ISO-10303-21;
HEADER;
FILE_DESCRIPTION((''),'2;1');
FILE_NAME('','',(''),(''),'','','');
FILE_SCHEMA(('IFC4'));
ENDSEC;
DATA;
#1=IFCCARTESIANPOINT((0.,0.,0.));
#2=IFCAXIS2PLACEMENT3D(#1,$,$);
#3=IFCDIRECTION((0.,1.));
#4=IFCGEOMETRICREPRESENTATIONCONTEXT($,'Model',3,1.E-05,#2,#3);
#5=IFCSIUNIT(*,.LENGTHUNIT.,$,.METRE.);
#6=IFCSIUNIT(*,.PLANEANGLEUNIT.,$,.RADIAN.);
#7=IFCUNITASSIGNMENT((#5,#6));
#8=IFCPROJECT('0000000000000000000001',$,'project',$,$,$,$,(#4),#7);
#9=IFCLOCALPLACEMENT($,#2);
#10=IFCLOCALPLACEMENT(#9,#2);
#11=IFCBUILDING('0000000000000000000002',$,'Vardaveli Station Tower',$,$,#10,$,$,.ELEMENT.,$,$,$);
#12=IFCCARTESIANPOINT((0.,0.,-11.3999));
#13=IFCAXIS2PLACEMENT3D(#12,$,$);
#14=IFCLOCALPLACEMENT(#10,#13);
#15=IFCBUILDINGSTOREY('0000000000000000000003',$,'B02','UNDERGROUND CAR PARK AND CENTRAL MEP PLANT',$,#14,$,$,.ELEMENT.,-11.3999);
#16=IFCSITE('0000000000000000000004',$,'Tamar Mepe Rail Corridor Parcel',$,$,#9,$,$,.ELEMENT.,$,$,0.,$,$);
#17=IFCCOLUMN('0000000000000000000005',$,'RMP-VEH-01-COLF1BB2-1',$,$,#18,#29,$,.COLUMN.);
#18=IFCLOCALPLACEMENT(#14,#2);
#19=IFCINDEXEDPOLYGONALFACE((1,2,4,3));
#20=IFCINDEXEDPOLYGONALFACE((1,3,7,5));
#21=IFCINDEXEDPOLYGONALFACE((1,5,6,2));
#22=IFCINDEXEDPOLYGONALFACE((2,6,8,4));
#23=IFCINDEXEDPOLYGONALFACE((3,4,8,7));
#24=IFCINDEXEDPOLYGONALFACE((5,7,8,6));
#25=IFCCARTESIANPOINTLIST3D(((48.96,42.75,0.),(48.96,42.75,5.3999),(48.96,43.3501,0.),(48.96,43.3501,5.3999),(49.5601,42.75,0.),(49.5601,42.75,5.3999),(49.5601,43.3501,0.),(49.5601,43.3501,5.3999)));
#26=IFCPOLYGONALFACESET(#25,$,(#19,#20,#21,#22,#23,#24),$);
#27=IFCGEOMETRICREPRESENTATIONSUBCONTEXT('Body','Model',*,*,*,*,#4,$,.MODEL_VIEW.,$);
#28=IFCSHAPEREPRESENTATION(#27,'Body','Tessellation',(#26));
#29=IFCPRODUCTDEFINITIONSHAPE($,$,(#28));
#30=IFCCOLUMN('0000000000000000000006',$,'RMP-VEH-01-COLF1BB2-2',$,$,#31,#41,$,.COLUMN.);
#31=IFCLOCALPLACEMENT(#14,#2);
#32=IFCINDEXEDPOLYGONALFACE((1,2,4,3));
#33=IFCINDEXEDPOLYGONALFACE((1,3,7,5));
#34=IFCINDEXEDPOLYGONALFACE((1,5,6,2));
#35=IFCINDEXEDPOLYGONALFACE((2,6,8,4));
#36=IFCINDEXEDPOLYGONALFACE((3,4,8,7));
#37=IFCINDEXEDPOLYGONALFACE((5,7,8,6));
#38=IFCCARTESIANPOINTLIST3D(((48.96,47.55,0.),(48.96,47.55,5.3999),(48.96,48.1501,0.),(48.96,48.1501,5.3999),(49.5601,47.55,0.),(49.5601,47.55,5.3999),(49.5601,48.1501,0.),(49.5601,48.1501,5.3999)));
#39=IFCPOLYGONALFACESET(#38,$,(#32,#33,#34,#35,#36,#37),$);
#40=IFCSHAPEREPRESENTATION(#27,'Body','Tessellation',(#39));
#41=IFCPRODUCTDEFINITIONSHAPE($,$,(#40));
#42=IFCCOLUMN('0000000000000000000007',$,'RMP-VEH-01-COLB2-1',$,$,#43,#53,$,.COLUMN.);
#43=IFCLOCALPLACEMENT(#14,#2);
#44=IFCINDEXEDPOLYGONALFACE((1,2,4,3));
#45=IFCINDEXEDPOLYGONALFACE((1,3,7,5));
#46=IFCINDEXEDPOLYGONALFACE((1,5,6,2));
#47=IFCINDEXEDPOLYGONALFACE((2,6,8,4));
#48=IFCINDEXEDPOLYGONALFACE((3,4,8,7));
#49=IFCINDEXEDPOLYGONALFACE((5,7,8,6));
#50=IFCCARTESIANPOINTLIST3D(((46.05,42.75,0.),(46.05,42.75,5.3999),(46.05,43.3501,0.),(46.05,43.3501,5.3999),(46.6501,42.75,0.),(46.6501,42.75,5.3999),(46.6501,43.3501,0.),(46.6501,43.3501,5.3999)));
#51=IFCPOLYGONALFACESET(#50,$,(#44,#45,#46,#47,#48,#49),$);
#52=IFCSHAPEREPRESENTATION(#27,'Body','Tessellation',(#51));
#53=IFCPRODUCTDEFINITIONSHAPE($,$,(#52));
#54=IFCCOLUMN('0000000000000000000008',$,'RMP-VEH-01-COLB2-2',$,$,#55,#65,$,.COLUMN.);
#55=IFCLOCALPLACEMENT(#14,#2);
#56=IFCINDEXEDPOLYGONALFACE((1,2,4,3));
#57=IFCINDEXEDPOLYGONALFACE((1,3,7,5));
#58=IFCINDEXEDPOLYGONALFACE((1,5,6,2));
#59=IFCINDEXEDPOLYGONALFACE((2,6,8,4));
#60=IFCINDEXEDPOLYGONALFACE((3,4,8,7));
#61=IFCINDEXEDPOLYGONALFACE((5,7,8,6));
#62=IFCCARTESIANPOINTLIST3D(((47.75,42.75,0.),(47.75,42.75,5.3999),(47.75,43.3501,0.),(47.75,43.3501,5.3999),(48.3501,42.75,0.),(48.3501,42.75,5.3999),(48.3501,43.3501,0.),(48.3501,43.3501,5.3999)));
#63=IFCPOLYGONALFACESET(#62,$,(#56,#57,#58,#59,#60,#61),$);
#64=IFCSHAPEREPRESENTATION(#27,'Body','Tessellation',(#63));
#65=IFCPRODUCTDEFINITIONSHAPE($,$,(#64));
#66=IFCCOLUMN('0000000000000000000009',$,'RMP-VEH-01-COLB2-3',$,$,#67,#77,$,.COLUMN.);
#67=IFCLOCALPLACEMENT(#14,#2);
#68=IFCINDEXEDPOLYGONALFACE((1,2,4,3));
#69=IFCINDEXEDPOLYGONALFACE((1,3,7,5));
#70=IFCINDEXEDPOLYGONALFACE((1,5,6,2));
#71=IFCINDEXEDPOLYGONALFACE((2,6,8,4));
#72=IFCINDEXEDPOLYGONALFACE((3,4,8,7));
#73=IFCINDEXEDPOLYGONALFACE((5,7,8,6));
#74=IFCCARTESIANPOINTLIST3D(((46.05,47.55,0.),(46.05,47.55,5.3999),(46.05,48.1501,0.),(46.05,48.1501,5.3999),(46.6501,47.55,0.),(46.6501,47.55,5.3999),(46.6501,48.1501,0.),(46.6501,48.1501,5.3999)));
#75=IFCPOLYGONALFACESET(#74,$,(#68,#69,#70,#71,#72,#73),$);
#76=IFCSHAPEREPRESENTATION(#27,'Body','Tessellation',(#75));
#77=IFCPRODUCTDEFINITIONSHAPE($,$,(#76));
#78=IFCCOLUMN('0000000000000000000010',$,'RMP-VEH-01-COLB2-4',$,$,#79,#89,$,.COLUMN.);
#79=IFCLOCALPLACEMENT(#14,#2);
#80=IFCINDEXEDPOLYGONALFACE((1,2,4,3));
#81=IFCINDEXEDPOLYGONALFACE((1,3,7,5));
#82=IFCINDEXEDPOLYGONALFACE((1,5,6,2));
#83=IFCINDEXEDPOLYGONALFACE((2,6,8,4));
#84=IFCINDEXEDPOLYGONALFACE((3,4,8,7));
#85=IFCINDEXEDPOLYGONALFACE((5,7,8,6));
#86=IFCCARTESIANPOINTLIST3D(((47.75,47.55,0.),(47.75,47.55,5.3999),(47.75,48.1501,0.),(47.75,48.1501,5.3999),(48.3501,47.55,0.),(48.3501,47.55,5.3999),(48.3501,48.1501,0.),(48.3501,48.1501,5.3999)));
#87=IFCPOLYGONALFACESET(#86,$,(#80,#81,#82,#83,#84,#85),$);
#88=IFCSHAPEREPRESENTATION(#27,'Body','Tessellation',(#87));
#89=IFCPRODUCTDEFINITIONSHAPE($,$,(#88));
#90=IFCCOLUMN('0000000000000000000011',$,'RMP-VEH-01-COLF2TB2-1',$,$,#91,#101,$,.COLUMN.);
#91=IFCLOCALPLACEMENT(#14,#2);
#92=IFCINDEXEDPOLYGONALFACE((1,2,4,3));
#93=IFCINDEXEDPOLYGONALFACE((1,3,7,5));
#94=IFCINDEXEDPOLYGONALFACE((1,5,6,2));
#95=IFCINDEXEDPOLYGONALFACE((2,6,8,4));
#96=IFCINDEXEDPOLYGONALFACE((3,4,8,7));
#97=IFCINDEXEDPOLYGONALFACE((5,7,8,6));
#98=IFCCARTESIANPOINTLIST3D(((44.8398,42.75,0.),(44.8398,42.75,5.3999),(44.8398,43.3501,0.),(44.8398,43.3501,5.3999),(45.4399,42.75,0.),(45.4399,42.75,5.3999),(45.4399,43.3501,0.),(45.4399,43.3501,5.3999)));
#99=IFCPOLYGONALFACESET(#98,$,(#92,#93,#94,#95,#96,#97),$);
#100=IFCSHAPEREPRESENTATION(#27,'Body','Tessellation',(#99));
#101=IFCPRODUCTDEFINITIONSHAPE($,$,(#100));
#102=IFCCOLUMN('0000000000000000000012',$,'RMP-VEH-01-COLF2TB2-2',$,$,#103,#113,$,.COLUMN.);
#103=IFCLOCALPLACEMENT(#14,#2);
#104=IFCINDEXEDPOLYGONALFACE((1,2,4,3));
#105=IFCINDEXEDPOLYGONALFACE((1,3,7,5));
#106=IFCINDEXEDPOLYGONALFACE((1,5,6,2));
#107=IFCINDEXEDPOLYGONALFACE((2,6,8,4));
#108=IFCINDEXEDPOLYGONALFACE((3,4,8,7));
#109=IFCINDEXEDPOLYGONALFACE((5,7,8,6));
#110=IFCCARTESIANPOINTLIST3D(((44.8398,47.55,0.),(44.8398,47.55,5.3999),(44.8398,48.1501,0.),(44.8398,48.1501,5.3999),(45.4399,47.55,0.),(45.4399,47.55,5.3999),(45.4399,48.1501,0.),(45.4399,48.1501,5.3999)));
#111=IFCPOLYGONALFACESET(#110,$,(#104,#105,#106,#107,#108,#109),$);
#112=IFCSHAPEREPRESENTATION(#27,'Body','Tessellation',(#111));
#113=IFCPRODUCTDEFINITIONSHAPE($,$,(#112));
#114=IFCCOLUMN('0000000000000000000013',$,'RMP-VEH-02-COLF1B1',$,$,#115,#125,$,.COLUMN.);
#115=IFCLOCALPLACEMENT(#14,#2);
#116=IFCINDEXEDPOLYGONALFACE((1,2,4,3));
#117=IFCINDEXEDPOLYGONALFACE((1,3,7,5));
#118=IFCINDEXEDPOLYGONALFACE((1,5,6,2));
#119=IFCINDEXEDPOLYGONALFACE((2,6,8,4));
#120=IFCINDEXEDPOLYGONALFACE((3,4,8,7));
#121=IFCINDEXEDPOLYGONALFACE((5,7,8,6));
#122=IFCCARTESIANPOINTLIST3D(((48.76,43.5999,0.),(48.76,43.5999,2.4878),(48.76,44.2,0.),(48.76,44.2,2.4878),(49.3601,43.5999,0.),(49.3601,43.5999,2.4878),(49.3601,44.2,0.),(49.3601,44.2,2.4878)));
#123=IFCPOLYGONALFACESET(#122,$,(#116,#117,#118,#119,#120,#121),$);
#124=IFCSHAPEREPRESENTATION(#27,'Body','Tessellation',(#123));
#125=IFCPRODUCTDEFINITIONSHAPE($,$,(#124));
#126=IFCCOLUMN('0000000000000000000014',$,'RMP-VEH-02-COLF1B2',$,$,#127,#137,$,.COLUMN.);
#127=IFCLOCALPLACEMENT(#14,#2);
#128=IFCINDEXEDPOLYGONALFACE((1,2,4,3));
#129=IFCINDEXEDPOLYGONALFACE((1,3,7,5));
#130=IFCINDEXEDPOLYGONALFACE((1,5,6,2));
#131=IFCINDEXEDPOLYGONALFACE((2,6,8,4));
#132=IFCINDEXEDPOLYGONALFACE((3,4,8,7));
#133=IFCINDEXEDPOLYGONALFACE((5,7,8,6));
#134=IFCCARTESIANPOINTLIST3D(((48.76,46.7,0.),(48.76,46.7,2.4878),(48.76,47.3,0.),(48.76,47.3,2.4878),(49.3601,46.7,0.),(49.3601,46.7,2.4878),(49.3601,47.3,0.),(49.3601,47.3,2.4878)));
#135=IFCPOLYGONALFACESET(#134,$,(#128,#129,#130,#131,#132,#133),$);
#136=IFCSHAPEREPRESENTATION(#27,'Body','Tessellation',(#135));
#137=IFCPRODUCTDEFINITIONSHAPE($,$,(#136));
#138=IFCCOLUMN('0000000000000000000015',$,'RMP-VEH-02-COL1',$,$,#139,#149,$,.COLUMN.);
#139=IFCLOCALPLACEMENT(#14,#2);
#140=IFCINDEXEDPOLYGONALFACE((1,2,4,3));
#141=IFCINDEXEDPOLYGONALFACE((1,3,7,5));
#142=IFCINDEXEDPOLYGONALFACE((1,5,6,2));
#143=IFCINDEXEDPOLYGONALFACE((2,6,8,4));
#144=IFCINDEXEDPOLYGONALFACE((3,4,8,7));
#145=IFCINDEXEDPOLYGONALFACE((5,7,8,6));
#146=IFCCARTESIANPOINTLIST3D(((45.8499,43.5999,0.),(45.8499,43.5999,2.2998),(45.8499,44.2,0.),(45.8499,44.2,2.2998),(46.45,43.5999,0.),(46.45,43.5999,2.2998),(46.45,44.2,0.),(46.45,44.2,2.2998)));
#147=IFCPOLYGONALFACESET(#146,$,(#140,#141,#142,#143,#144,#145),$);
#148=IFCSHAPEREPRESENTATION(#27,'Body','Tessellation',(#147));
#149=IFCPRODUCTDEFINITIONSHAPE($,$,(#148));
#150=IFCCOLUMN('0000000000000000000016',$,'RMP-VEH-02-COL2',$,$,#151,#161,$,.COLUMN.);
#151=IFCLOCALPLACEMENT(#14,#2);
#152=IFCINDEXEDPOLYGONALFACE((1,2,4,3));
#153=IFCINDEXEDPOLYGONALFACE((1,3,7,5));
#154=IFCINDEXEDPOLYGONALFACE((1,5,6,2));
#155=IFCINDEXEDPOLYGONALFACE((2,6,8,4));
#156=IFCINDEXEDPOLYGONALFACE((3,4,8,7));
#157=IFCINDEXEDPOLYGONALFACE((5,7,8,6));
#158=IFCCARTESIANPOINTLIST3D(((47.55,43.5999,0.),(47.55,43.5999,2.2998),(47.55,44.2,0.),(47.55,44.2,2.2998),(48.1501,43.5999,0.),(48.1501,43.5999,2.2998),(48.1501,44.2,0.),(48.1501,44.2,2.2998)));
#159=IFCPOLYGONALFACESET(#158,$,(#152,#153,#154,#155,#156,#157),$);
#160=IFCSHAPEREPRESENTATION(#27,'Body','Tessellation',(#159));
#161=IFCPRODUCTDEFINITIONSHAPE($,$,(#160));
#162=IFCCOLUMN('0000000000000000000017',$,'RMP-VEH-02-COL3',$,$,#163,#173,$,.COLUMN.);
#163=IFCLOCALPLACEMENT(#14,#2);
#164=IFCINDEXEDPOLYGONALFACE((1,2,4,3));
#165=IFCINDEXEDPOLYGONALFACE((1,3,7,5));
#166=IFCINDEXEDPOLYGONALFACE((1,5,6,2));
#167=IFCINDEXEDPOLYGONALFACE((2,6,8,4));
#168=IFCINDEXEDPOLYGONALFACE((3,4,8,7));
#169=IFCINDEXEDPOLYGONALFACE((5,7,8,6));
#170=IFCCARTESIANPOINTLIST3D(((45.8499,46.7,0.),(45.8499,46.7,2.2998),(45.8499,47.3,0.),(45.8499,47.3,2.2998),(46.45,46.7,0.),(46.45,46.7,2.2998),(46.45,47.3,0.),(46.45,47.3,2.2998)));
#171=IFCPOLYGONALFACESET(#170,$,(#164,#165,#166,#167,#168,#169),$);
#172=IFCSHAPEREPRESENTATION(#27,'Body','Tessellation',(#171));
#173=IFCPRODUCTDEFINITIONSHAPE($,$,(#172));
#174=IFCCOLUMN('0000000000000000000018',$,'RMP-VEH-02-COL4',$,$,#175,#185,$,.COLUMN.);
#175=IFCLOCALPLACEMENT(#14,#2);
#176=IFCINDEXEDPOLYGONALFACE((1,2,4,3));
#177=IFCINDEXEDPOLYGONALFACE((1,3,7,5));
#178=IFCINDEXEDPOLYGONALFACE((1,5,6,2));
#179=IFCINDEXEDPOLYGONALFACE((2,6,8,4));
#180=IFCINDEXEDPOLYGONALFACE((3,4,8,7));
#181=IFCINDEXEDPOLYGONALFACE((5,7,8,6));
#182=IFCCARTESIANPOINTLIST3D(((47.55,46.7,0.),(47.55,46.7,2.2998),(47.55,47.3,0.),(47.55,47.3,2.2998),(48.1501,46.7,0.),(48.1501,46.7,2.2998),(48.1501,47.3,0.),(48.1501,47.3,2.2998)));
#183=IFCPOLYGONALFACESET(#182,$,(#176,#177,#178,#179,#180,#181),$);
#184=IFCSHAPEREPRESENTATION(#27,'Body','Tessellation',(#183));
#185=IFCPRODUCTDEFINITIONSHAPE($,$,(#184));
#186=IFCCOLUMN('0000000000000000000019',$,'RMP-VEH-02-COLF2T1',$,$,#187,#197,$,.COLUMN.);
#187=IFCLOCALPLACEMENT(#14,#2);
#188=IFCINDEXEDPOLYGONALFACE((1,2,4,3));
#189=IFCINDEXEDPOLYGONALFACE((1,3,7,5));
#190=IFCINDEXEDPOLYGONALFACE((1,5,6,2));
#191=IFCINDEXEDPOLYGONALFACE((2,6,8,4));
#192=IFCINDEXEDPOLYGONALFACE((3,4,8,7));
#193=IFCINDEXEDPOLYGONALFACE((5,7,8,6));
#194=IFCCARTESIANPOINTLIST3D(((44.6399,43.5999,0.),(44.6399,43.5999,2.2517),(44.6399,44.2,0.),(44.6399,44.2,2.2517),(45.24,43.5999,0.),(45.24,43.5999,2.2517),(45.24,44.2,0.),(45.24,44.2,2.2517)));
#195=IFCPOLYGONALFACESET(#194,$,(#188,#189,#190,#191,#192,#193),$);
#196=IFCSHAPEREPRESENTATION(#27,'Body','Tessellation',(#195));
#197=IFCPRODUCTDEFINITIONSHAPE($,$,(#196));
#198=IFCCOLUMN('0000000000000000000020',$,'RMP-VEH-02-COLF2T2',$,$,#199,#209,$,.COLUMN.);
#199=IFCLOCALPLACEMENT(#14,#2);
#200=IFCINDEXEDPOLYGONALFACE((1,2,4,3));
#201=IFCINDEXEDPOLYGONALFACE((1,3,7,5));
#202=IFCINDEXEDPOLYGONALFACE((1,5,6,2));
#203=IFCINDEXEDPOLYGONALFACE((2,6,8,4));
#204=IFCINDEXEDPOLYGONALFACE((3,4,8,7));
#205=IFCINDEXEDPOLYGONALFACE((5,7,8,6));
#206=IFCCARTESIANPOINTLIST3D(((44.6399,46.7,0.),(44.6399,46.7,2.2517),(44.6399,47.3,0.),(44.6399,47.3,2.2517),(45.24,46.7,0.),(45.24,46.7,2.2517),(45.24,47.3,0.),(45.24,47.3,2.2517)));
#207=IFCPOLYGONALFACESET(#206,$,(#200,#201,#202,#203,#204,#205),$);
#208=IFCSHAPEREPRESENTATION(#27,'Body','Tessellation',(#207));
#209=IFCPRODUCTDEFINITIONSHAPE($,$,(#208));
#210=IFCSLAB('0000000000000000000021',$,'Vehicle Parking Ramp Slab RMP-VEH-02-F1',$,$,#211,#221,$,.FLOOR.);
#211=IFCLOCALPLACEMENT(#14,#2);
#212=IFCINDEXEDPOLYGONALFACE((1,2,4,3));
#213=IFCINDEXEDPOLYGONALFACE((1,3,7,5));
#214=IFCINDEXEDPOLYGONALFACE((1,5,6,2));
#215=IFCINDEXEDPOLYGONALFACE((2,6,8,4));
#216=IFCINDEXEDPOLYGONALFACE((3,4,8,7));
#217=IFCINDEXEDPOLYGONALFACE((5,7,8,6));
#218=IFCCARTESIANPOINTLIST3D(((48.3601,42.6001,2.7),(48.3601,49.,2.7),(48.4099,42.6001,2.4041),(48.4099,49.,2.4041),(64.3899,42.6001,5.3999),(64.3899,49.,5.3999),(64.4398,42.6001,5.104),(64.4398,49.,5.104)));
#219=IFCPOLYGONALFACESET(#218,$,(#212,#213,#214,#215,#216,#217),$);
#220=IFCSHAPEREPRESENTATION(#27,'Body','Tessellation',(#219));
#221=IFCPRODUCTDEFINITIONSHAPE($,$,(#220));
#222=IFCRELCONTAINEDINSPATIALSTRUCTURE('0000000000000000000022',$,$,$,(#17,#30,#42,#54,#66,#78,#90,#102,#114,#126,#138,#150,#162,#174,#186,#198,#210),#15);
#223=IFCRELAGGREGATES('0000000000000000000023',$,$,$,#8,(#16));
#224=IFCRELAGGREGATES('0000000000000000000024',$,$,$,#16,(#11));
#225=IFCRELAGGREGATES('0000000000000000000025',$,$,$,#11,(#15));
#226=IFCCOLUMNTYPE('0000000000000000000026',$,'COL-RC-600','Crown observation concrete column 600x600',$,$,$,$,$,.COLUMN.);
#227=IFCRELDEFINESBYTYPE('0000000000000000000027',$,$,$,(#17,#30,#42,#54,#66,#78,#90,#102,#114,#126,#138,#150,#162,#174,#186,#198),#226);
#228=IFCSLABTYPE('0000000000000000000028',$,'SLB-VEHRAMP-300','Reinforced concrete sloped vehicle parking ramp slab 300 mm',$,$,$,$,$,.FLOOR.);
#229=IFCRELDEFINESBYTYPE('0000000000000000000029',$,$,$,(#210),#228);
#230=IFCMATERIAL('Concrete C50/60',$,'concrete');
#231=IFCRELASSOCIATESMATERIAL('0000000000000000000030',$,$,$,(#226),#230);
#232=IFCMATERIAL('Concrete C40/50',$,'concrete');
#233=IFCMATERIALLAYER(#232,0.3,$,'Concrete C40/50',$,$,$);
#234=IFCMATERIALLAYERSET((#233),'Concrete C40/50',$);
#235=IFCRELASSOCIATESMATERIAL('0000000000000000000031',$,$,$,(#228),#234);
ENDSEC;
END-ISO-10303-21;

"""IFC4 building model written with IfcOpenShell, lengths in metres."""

from ifc_helpers import new_model, si_unit, direction, frame, origin, origin_2d, place, context, subcontext, project, spatial, polyline, rectangle, outline, extrude, source, transform, mapped, material, layer, layer_set, material_profile, profile_set, type_object, element, save


model = new_model("IFC4")

# Units and contexts
model_context = context("Model", 3, precision=1e-05, world=origin(), true_north=direction((0.0, 1.0)))
body_context = subcontext(model_context, "Body", "Model", "MODEL_VIEW")
ifc_project = project(units=[si_unit("LENGTHUNIT", "METRE"), si_unit("PLANEANGLEUNIT", "RADIAN")], contexts=[model_context])

# Site, building, storey
site_placement = place(None, origin())
site = spatial("IfcSite", under=ifc_project, at=site_placement, Name="Tamar Mepe Rail Corridor Parcel", CompositionType="ELEMENT", RefElevation=0.0)
building_placement = place(site_placement, origin())
building = spatial("IfcBuilding", under=site, at=building_placement, Name="Vardaveli Station Tower", CompositionType="ELEMENT")
storey_placement = place(building_placement, frame((0.0, 0.0, -11.3999)))
storey = spatial("IfcBuildingStorey", under=building, at=storey_placement, Name="B02", Description="UNDERGROUND CAR PARK AND CENTRAL MEP PLANT", CompositionType="ELEMENT", Elevation=-11.3999)

# Shared definitions
ifc_material_1 = material(Name="Concrete C40/50", Category="concrete")

# Columns
ifc_material_2 = material(Name="Concrete C50/60", Category="concrete")
ifc_material_profile_1 = material_profile(ifc_material_2, rectangle(XDim=0.6001, YDim=0.6001, at=origin_2d()), Name="RC 600x600")
ifc_profile_set_1 = profile_set([ifc_material_profile_1], Name="Concrete C50/60")
column_type_1 = type_object("IfcColumnType", Name="COL-RC-600", Description="Crown observation concrete column 600x600", PredefinedType="COLUMN", material=ifc_profile_set_1)
shared_shape_1 = source(origin(), body_context, "Body", "SweptSolid", [
    extrude(rectangle(XDim=0.6001, YDim=0.6001, at=origin_2d()), origin(), (0.0, 0.0, 1.0), 5.3999),
])
for number, where, z_axis, x_axis, name in (
    (1, (49.26, 43.05, 0.0), (0.0, 0.0, 1.0), (1.0, 0.0, 0.0), "RMP-VEH-01-COLF1BB2-1"),
    (2, (49.26, 47.8501, 0.0), (0.0, 0.0, 1.0), (1.0, 0.0, 0.0), "RMP-VEH-01-COLF1BB2-2"),
    (3, (46.3501, 43.05, 0.0), (0.0, 0.0, 1.0), (1.0, 0.0, 0.0), "RMP-VEH-01-COLB2-1"),
    (4, (48.05, 43.05, 0.0), (0.0, 0.0, 1.0), (1.0, 0.0, 0.0), "RMP-VEH-01-COLB2-2"),
    (5, (46.3501, 47.8501, 0.0), (0.0, 0.0, 1.0), (1.0, 0.0, 0.0), "RMP-VEH-01-COLB2-3"),
    (6, (48.05, 47.8501, 0.0), (0.0, 0.0, 1.0), (1.0, 0.0, 0.0), "RMP-VEH-01-COLB2-4"),
    (7, (45.1399, 43.05, 0.0), (0.0, 0.0, 1.0), (1.0, 0.0, 0.0), "RMP-VEH-01-COLF2TB2-1"),
    (8, (45.1399, 47.8501, 0.0), (0.0, 0.0, 1.0), (1.0, 0.0, 0.0), "RMP-VEH-01-COLF2TB2-2"),
):
    element("IfcColumn", number, at=place(storey_placement, frame(where, z_axis=z_axis, x_axis=x_axis)), inside=storey, type_object=column_type_1, Name=name, PredefinedType="COLUMN", context=body_context, shape_type="MappedRepresentation", body=[
        mapped(shared_shape_1, transform((0.0, 0.0, 0.0), scale=1.0)),
    ])
shared_shape_2 = source(origin(), body_context, "Body", "SweptSolid", [
    extrude(rectangle(XDim=0.6001, YDim=0.6001, at=origin_2d()), origin(), (0.0, 0.0, 1.0), 2.4878),
])
for number, where, z_axis, x_axis, name in (
    (9, (49.0601, 43.8999, 0.0), (0.0, 0.0, 1.0), (1.0, 0.0, 0.0), "RMP-VEH-02-COLF1B1"),
    (10, (49.0601, 47.0, 0.0), (0.0, 0.0, 1.0), (1.0, 0.0, 0.0), "RMP-VEH-02-COLF1B2"),
):
    element("IfcColumn", number, at=place(storey_placement, frame(where, z_axis=z_axis, x_axis=x_axis)), inside=storey, type_object=column_type_1, Name=name, PredefinedType="COLUMN", context=body_context, shape_type="MappedRepresentation", body=[
        mapped(shared_shape_2, transform((0.0, 0.0, 0.0), scale=1.0)),
    ])
shared_shape_3 = source(origin(), body_context, "Body", "SweptSolid", [
    extrude(rectangle(XDim=0.6001, YDim=0.6001, at=origin_2d()), origin(), (0.0, 0.0, 1.0), 2.2998),
])
for number, where, z_axis, x_axis, name in (
    (11, (46.1499, 43.8999, 0.0), (0.0, 0.0, 1.0), (1.0, 0.0, 0.0), "RMP-VEH-02-COL1"),
    (12, (47.8501, 43.8999, 0.0), (0.0, 0.0, 1.0), (1.0, 0.0, 0.0), "RMP-VEH-02-COL2"),
    (13, (46.1499, 47.0, 0.0), (0.0, 0.0, 1.0), (1.0, 0.0, 0.0), "RMP-VEH-02-COL3"),
    (14, (47.8501, 47.0, 0.0), (0.0, 0.0, 1.0), (1.0, 0.0, 0.0), "RMP-VEH-02-COL4"),
):
    element("IfcColumn", number, at=place(storey_placement, frame(where, z_axis=z_axis, x_axis=x_axis)), inside=storey, type_object=column_type_1, Name=name, PredefinedType="COLUMN", context=body_context, shape_type="MappedRepresentation", body=[
        mapped(shared_shape_3, transform((0.0, 0.0, 0.0), scale=1.0)),
    ])
shared_shape_4 = source(origin(), body_context, "Body", "SweptSolid", [
    extrude(rectangle(XDim=0.6001, YDim=0.6001, at=origin_2d()), origin(), (0.0, 0.0, 1.0), 2.2517),
])
for number, where, z_axis, x_axis, name in (
    (15, (44.9399, 43.8999, 0.0), (0.0, 0.0, 1.0), (1.0, 0.0, 0.0), "RMP-VEH-02-COLF2T1"),
    (16, (44.9399, 47.0, 0.0), (0.0, 0.0, 1.0), (1.0, 0.0, 0.0), "RMP-VEH-02-COLF2T2"),
):
    element("IfcColumn", number, at=place(storey_placement, frame(where, z_axis=z_axis, x_axis=x_axis)), inside=storey, type_object=column_type_1, Name=name, PredefinedType="COLUMN", context=body_context, shape_type="MappedRepresentation", body=[
        mapped(shared_shape_4, transform((0.0, 0.0, 0.0), scale=1.0)),
    ])

# Slab
ifc_layer_1 = layer(ifc_material_1, 0.3, Name="Concrete C40/50")
ifc_layer_set_1 = layer_set([ifc_layer_1], Name="Concrete C40/50")
slab_type = type_object("IfcSlabType", Name="SLB-VEHRAMP-300", Description="Reinforced concrete sloped vehicle parking ramp slab 300 mm", PredefinedType="FLOOR", material=ifc_layer_set_1)
slab_placement = place(storey_placement, frame((48.3601, 42.6001, 2.7), z_axis=(-0.166094, 0.0, 0.98611), x_axis=(0.98611, 0.0, 0.166094)))
element("IfcSlab", 17, at=slab_placement, inside=storey, type_object=slab_type, Name="Vehicle Parking Ramp Slab RMP-VEH-02-F1", PredefinedType="FLOOR", context=body_context, shape_type="SweptSolid", body=[
    extrude(outline(polyline([(0.0, 0.0), (16.2556, 0.0), (16.2556, 6.3999), (0.0, 6.3999), (0.0, 0.0)])), origin(), (0.0, 0.0, -1.0), 0.3),
])

save(model, "model.ifc")
